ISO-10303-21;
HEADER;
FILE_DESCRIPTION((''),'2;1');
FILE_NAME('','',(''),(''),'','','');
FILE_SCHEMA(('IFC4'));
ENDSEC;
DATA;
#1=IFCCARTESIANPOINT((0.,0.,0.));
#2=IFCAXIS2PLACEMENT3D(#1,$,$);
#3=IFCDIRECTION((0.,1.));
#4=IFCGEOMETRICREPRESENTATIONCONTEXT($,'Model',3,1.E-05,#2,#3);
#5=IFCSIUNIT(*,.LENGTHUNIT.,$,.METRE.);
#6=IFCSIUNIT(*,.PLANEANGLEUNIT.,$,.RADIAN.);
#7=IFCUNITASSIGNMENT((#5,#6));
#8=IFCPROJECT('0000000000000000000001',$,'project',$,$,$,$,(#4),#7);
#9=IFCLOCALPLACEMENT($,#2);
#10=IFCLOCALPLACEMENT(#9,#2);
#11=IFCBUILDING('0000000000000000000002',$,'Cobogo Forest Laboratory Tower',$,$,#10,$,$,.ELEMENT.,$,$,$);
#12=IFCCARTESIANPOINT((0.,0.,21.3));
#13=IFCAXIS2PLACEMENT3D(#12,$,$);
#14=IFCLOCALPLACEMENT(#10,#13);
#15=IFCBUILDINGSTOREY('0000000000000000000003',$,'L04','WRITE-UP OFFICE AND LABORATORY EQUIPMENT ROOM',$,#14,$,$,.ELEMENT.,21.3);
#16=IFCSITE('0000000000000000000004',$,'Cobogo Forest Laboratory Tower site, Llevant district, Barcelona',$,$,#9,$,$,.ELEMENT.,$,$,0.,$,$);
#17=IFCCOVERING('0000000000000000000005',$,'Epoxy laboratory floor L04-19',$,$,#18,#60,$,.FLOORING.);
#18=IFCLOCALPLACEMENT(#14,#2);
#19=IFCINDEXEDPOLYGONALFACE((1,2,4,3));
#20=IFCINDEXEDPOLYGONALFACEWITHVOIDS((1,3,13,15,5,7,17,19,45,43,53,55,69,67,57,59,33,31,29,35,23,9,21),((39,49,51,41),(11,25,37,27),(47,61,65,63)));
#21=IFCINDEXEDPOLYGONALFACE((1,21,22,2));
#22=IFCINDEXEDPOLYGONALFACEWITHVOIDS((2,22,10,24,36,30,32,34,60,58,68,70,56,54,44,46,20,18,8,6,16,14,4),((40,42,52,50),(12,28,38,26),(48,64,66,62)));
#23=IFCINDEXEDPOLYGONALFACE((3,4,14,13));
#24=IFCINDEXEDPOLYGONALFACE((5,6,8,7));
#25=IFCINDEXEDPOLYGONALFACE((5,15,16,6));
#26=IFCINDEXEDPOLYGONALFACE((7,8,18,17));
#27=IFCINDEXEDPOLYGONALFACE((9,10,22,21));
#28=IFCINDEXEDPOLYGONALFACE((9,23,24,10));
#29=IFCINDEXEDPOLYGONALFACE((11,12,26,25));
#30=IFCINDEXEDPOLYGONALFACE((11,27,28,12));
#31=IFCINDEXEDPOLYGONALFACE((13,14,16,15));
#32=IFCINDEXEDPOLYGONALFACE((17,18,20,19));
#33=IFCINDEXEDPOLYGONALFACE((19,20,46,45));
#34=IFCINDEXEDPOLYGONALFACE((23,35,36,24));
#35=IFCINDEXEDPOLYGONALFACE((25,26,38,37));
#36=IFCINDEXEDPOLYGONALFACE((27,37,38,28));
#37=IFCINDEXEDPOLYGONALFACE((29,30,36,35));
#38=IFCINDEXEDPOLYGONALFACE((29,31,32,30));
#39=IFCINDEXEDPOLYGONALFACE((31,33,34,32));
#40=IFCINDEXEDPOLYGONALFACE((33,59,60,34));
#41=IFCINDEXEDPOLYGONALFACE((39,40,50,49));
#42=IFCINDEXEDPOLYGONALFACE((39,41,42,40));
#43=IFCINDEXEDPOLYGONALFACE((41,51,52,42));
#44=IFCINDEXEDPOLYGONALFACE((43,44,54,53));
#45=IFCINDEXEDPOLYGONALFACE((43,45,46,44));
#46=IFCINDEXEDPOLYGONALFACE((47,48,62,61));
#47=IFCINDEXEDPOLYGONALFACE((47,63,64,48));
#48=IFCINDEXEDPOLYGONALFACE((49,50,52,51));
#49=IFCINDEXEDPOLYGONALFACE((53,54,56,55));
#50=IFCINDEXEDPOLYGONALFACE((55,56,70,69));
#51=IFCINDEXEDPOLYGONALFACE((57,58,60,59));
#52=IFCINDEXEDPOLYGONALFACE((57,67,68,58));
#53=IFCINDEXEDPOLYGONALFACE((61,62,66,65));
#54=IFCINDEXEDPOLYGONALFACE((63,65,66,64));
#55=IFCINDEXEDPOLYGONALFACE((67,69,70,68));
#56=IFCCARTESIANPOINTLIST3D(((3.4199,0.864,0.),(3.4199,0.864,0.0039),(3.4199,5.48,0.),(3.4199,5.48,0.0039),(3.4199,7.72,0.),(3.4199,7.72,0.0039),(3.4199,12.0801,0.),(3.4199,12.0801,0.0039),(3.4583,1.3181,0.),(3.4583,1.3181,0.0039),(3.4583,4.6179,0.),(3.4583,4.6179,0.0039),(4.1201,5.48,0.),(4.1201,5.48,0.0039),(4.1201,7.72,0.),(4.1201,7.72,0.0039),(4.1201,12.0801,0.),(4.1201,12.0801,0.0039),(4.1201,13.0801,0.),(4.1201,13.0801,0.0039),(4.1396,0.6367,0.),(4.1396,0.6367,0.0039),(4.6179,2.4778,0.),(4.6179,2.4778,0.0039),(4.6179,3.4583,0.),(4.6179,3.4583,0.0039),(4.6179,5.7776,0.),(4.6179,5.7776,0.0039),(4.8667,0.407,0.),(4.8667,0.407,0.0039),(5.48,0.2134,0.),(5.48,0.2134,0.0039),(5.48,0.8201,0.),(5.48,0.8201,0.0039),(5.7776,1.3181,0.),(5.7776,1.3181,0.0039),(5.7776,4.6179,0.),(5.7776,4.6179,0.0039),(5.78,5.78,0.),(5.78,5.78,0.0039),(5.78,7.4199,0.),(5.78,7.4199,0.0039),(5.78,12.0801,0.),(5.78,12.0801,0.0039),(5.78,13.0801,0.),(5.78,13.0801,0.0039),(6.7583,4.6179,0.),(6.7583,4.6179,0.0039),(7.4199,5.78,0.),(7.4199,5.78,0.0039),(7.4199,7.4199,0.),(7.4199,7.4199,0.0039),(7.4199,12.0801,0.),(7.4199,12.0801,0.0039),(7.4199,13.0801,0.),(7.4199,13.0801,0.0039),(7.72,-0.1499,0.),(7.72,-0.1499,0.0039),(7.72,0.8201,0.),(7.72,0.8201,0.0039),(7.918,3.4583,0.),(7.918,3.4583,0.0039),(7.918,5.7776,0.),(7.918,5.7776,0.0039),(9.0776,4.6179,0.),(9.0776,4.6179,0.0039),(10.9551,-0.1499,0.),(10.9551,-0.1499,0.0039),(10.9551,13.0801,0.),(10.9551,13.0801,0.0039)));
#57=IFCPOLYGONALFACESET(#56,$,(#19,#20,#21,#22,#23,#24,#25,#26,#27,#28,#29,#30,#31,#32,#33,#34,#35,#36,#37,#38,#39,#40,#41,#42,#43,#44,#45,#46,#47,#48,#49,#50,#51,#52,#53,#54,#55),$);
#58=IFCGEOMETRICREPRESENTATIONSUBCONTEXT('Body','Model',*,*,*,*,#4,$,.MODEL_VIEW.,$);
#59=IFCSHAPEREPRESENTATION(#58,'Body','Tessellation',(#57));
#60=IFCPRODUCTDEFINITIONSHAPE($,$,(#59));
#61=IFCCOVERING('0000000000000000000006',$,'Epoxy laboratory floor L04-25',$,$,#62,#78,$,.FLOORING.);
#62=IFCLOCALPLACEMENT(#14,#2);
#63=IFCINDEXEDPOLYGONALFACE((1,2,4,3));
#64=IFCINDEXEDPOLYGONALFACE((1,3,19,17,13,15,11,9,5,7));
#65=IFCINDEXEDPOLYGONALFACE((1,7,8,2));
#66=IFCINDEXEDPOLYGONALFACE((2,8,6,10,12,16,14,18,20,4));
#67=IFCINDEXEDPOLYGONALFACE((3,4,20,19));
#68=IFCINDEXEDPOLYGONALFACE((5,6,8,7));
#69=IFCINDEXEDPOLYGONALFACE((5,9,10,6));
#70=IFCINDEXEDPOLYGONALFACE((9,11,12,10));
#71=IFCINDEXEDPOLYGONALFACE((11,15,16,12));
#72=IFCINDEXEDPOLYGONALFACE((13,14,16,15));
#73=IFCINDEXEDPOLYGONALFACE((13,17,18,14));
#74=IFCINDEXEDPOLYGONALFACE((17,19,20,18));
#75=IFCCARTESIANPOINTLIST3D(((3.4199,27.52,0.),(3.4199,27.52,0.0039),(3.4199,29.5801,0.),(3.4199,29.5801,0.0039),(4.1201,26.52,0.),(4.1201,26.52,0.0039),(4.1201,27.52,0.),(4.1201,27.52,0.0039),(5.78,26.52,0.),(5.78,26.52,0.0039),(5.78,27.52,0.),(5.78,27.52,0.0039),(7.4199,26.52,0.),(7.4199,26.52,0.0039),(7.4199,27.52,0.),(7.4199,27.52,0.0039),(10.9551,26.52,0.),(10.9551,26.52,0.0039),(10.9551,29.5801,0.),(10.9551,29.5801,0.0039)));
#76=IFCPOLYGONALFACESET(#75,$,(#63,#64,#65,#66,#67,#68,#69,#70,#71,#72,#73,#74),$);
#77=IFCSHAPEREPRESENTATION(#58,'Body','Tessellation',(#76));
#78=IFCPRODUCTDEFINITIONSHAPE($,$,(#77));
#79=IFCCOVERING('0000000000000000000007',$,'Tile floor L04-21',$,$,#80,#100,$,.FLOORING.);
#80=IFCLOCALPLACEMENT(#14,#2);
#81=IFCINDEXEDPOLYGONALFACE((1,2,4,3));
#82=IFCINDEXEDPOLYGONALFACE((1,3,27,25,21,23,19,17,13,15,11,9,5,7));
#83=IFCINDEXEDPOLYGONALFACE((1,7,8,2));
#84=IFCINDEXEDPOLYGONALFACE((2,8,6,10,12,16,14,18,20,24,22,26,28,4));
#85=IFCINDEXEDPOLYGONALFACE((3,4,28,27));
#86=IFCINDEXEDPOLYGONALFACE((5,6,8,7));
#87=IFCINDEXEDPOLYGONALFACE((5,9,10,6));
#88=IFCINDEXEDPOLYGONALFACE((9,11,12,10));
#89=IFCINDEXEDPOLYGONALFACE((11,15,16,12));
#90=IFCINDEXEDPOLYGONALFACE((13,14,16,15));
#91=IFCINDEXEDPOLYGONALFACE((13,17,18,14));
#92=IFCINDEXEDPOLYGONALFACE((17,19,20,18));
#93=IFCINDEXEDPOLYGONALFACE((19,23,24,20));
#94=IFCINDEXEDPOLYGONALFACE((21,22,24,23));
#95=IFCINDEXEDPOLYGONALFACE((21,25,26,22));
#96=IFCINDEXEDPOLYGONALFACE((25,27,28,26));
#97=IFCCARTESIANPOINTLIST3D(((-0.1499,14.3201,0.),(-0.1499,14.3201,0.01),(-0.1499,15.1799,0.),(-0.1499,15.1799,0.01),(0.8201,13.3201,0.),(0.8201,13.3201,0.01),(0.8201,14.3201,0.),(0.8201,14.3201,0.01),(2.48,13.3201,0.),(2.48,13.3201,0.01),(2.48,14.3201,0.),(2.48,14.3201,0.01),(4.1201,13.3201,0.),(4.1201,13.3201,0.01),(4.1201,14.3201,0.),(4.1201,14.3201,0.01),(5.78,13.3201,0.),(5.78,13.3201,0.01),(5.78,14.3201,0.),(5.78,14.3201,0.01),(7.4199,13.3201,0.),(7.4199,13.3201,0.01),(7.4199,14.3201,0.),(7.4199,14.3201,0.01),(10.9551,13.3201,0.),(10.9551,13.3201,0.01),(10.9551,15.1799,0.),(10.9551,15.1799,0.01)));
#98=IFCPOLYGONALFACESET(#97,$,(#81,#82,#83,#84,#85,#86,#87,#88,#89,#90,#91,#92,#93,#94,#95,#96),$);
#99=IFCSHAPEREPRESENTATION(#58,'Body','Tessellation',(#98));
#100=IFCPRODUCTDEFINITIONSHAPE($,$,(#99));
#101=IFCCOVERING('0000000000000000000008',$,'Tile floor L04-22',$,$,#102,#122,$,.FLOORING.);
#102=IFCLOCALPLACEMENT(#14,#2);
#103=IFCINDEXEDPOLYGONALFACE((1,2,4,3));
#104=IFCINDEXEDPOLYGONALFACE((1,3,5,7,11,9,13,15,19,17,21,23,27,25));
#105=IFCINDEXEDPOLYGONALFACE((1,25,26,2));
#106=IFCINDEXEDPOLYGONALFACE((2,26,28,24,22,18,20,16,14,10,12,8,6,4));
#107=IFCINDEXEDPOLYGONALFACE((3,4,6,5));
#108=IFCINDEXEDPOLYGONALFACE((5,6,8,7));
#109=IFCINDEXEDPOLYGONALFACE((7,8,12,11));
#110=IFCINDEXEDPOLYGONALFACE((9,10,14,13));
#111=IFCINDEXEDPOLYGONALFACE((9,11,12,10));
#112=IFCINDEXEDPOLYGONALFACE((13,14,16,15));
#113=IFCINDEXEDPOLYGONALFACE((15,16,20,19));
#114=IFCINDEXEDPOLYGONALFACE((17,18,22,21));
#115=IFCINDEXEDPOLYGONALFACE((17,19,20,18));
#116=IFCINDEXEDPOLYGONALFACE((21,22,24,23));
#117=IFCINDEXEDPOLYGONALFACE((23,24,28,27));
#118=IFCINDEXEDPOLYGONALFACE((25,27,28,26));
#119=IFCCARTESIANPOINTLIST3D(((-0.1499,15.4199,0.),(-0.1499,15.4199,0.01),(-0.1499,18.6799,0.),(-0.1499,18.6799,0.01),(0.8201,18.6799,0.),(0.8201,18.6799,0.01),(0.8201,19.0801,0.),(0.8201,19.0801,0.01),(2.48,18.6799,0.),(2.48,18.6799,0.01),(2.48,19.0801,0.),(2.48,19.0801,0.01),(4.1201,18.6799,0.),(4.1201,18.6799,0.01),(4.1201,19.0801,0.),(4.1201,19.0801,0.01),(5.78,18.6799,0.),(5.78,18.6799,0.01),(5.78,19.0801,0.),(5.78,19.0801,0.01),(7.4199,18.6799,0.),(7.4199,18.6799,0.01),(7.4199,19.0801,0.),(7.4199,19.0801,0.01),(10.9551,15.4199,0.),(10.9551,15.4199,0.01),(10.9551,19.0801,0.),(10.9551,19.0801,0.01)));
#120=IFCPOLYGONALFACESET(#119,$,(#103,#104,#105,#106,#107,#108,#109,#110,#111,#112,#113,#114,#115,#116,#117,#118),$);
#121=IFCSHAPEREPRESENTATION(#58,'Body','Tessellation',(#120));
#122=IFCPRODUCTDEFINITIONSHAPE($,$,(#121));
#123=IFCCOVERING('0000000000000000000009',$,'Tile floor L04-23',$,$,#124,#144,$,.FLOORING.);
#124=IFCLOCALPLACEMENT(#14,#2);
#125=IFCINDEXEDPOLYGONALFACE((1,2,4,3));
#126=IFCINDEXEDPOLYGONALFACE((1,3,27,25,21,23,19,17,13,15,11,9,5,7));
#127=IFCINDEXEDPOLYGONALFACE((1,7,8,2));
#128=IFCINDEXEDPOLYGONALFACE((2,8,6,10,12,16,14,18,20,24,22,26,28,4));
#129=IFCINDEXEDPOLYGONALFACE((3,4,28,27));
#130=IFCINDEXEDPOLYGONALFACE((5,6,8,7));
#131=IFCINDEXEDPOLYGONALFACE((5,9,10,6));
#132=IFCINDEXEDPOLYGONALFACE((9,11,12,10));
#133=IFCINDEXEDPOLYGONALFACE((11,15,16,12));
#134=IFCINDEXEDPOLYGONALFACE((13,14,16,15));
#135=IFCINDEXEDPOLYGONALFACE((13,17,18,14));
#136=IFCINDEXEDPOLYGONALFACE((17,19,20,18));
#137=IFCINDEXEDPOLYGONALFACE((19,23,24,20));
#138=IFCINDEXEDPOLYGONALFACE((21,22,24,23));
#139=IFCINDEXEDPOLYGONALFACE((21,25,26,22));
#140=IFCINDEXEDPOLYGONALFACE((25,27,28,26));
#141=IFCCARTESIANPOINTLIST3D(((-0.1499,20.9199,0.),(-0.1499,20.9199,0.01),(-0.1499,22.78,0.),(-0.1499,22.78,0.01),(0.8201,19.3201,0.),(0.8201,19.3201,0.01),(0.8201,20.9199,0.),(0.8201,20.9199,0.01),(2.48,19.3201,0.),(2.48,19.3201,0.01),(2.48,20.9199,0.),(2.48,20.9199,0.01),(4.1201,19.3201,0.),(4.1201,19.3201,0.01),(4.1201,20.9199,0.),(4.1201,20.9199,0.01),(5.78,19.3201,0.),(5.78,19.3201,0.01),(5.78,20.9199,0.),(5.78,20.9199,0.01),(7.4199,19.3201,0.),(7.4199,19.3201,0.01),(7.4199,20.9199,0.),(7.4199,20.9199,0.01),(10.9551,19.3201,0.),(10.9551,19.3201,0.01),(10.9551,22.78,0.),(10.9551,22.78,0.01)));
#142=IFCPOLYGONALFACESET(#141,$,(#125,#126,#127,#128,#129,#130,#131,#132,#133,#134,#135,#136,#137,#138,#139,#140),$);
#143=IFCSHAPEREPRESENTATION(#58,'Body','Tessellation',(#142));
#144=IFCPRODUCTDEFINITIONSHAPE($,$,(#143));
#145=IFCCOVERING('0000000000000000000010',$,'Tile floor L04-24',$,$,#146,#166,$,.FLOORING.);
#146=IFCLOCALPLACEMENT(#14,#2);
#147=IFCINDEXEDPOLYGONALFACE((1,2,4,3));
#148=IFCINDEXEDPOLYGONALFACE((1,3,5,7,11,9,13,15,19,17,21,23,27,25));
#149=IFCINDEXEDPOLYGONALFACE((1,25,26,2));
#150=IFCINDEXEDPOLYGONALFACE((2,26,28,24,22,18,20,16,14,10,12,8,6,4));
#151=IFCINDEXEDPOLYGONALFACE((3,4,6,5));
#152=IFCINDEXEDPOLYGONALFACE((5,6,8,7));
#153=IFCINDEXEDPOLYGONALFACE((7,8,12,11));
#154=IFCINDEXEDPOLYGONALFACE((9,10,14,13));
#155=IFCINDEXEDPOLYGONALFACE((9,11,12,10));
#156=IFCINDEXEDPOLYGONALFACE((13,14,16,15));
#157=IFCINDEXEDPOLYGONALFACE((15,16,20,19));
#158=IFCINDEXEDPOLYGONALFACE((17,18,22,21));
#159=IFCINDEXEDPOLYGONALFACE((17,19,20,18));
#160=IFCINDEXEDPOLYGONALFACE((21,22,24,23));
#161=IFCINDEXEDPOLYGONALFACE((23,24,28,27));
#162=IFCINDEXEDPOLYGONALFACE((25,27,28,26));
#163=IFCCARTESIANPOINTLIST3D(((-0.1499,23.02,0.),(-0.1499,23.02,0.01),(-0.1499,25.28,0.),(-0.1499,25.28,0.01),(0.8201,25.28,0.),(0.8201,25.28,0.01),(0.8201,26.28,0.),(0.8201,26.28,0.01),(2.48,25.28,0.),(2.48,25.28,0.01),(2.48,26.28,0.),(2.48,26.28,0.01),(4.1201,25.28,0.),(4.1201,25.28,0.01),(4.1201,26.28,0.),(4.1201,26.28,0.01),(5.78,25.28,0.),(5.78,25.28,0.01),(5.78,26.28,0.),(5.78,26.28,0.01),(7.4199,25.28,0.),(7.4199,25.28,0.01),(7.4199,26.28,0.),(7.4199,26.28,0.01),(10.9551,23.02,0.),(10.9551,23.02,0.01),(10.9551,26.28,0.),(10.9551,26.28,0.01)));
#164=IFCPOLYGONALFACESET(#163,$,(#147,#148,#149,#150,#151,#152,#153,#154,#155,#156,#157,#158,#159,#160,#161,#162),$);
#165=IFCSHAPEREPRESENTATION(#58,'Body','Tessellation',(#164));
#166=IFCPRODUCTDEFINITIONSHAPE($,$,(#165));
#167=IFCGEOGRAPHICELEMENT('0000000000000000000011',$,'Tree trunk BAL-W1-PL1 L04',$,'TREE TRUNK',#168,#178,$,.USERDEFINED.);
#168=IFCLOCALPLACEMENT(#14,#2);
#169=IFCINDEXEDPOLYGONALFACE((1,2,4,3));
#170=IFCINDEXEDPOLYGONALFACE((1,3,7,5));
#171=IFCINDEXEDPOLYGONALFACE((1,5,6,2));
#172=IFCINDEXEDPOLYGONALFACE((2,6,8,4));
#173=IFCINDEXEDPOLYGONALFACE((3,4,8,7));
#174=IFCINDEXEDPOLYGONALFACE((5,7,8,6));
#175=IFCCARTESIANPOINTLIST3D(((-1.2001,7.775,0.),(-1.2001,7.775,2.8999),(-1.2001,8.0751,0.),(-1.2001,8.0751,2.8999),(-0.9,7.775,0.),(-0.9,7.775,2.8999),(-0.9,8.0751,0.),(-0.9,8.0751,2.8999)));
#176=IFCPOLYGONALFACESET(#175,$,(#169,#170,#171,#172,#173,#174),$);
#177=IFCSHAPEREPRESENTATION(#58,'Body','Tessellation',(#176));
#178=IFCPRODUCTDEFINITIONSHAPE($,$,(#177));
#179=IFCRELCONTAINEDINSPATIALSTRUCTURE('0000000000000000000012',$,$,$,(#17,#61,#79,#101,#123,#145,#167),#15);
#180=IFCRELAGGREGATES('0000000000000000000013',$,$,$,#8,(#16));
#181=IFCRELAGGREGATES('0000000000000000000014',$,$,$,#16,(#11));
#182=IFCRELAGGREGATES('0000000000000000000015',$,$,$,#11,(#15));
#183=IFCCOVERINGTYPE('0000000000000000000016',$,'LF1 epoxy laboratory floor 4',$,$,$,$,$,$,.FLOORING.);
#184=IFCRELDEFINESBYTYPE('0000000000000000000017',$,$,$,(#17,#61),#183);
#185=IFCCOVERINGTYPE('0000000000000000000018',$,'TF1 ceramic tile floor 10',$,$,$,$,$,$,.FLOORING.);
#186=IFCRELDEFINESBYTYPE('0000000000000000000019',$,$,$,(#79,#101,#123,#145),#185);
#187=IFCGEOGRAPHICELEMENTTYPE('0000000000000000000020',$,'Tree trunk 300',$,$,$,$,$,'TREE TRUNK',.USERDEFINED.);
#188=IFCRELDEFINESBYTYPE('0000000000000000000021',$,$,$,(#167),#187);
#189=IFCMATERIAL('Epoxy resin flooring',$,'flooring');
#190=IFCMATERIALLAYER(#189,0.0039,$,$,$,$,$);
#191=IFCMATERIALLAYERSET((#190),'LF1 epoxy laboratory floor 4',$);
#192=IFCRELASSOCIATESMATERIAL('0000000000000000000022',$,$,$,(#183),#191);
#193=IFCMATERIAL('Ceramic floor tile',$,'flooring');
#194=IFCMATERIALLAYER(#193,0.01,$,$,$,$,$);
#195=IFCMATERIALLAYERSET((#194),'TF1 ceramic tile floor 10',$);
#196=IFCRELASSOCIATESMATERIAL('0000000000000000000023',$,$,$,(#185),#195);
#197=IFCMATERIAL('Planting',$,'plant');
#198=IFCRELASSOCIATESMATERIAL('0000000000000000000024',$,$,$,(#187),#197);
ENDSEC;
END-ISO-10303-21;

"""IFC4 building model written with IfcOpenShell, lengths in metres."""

from ifc_helpers import new_model, si_unit, direction, frame, origin, origin_2d, place, context, subcontext, project, spatial, polyline, rectangle, outline, extrude, material, layer, layer_set, type_object, element, save


model = new_model("IFC4")

# Units and contexts
model_context = context("Model", 3, precision=1e-05, world=origin(), true_north=direction((0.0, 1.0)))
body_context = subcontext(model_context, "Body", "Model", "MODEL_VIEW")
ifc_project = project(units=[si_unit("LENGTHUNIT", "METRE"), si_unit("PLANEANGLEUNIT", "RADIAN")], contexts=[model_context])

# Site, building, storey
site_placement = place(None, origin())
site = spatial("IfcSite", under=ifc_project, at=site_placement, Name="Cobogo Forest Laboratory Tower site, Llevant district, Barcelona", CompositionType="ELEMENT", RefElevation=0.0)
building_placement = place(site_placement, origin())
building = spatial("IfcBuilding", under=site, at=building_placement, Name="Cobogo Forest Laboratory Tower", CompositionType="ELEMENT")
storey_placement = place(building_placement, frame((0.0, 0.0, 21.3)))
storey = spatial("IfcBuildingStorey", under=building, at=storey_placement, Name="L04", Description="WRITE-UP OFFICE AND LABORATORY EQUIPMENT ROOM", CompositionType="ELEMENT", Elevation=21.3)

# Coverings
ifc_material_1 = material(Name="Epoxy resin flooring", Category="flooring")
ifc_layer_1 = layer(ifc_material_1, 0.0039)
ifc_layer_set_1 = layer_set([ifc_layer_1], Name="LF1 epoxy laboratory floor 4")
covering_type_1 = type_object("IfcCoveringType", Name="LF1 epoxy laboratory floor 4", PredefinedType="FLOORING", material=ifc_layer_set_1)
covering_1_placement = place(storey_placement, origin())
element("IfcCovering", 1, at=covering_1_placement, inside=storey, type_object=covering_type_1, Name="Epoxy laboratory floor L04-19", PredefinedType="FLOORING", context=body_context, shape_type="SweptSolid", body=[
    extrude(outline(polyline([(5.78, 13.0801), (5.78, 12.0801), (7.4199, 12.0801), (7.4199, 13.0801), (10.9551, 13.0801), (10.9551, -0.1499), (7.72, -0.1499), (7.72, 0.8201), (5.48, 0.8201), (5.48, 0.2134), (4.8667, 0.407), (5.7776, 1.3181), (4.6179, 2.4778), (3.4583, 1.3181), (4.1396, 0.6367), (3.4199, 0.864), (3.4199, 5.48), (4.1201, 5.48), (4.1201, 7.72), (3.4199, 7.72), (3.4199, 12.0801), (4.1201, 12.0801), (4.1201, 13.0801), (5.78, 13.0801)]), holes=[polyline([(7.918, 5.7776), (6.7583, 4.6179), (7.918, 3.4583), (9.0776, 4.6179), (7.918, 5.7776)]), polyline([(5.78, 7.4199), (5.78, 5.78), (7.4199, 5.78), (7.4199, 7.4199), (5.78, 7.4199)]), polyline([(3.4583, 4.6179), (4.6179, 3.4583), (5.7776, 4.6179), (4.6179, 5.7776), (3.4583, 4.6179)])]), origin(), (0.0, 0.0, 1.0), 0.0039),
])
covering_2_placement = place(storey_placement, origin())
element("IfcCovering", 2, at=covering_2_placement, inside=storey, type_object=covering_type_1, Name="Epoxy laboratory floor L04-25", PredefinedType="FLOORING", context=body_context, shape_type="SweptSolid", body=[
    extrude(outline(polyline([(3.4199, 29.5801), (10.9551, 29.5801), (10.9551, 26.52), (7.4199, 26.52), (7.4199, 27.52), (5.78, 27.52), (5.78, 26.52), (4.1201, 26.52), (4.1201, 27.52), (3.4199, 27.52), (3.4199, 29.5801)])), origin(), (0.0, 0.0, 1.0), 0.0039),
])
ifc_material_2 = material(Name="Ceramic floor tile", Category="flooring")
ifc_layer_2 = layer(ifc_material_2, 0.01)
ifc_layer_set_2 = layer_set([ifc_layer_2], Name="TF1 ceramic tile floor 10")
covering_type_2 = type_object("IfcCoveringType", Name="TF1 ceramic tile floor 10", PredefinedType="FLOORING", material=ifc_layer_set_2)
covering_3_placement = place(storey_placement, origin())
element("IfcCovering", 3, at=covering_3_placement, inside=storey, type_object=covering_type_2, Name="Tile floor L04-21", PredefinedType="FLOORING", context=body_context, shape_type="SweptSolid", body=[
    extrude(outline(polyline([(10.9551, 13.3201), (7.4199, 13.3201), (7.4199, 14.3201), (5.78, 14.3201), (5.78, 13.3201), (4.1201, 13.3201), (4.1201, 14.3201), (2.48, 14.3201), (2.48, 13.3201), (0.8201, 13.3201), (0.8201, 14.3201), (-0.1499, 14.3201), (-0.1499, 15.1799), (10.9551, 15.1799), (10.9551, 13.3201)])), origin(), (0.0, 0.0, 1.0), 0.01),
])
covering_4_placement = place(storey_placement, origin())
element("IfcCovering", 4, at=covering_4_placement, inside=storey, type_object=covering_type_2, Name="Tile floor L04-22", PredefinedType="FLOORING", context=body_context, shape_type="SweptSolid", body=[
    extrude(outline(polyline([(10.9551, 15.4199), (-0.1499, 15.4199), (-0.1499, 18.6799), (0.8201, 18.6799), (0.8201, 19.0801), (2.48, 19.0801), (2.48, 18.6799), (4.1201, 18.6799), (4.1201, 19.0801), (5.78, 19.0801), (5.78, 18.6799), (7.4199, 18.6799), (7.4199, 19.0801), (10.9551, 19.0801), (10.9551, 15.4199)])), origin(), (0.0, 0.0, 1.0), 0.01),
])
covering_5_placement = place(storey_placement, origin())
element("IfcCovering", 5, at=covering_5_placement, inside=storey, type_object=covering_type_2, Name="Tile floor L04-23", PredefinedType="FLOORING", context=body_context, shape_type="SweptSolid", body=[
    extrude(outline(polyline([(10.9551, 19.3201), (7.4199, 19.3201), (7.4199, 20.9199), (5.78, 20.9199), (5.78, 19.3201), (4.1201, 19.3201), (4.1201, 20.9199), (2.48, 20.9199), (2.48, 19.3201), (0.8201, 19.3201), (0.8201, 20.9199), (-0.1499, 20.9199), (-0.1499, 22.78), (10.9551, 22.78), (10.9551, 19.3201)])), origin(), (0.0, 0.0, 1.0), 0.01),
])
covering_6_placement = place(storey_placement, origin())
element("IfcCovering", 6, at=covering_6_placement, inside=storey, type_object=covering_type_2, Name="Tile floor L04-24", PredefinedType="FLOORING", context=body_context, shape_type="SweptSolid", body=[
    extrude(outline(polyline([(10.9551, 23.02), (-0.1499, 23.02), (-0.1499, 25.28), (0.8201, 25.28), (0.8201, 26.28), (2.48, 26.28), (2.48, 25.28), (4.1201, 25.28), (4.1201, 26.28), (5.78, 26.28), (5.78, 25.28), (7.4199, 25.28), (7.4199, 26.28), (10.9551, 26.28), (10.9551, 23.02)])), origin(), (0.0, 0.0, 1.0), 0.01),
])

# Geographic element
ifc_material_3 = material(Name="Planting", Category="plant")
geographic_element_type = type_object("IfcGeographicElementType", Name="Tree trunk 300", ElementType="TREE TRUNK", PredefinedType="USERDEFINED", material=ifc_material_3)
geographic_element_placement = place(storey_placement, frame((-1.05, 7.925, 0.0), z_axis=(0.0, 0.0, 1.0), x_axis=(1.0, 0.0, 0.0)))
element("IfcGeographicElement", 7, at=geographic_element_placement, inside=storey, type_object=geographic_element_type, Name="Tree trunk BAL-W1-PL1 L04", ObjectType="TREE TRUNK", PredefinedType="USERDEFINED", context=body_context, shape_type="SweptSolid", body=[
    extrude(rectangle(XDim=0.3, YDim=0.3, at=origin_2d()), origin(), (0.0, 0.0, 1.0), 2.8999),
])

save(model, "model.ifc")
